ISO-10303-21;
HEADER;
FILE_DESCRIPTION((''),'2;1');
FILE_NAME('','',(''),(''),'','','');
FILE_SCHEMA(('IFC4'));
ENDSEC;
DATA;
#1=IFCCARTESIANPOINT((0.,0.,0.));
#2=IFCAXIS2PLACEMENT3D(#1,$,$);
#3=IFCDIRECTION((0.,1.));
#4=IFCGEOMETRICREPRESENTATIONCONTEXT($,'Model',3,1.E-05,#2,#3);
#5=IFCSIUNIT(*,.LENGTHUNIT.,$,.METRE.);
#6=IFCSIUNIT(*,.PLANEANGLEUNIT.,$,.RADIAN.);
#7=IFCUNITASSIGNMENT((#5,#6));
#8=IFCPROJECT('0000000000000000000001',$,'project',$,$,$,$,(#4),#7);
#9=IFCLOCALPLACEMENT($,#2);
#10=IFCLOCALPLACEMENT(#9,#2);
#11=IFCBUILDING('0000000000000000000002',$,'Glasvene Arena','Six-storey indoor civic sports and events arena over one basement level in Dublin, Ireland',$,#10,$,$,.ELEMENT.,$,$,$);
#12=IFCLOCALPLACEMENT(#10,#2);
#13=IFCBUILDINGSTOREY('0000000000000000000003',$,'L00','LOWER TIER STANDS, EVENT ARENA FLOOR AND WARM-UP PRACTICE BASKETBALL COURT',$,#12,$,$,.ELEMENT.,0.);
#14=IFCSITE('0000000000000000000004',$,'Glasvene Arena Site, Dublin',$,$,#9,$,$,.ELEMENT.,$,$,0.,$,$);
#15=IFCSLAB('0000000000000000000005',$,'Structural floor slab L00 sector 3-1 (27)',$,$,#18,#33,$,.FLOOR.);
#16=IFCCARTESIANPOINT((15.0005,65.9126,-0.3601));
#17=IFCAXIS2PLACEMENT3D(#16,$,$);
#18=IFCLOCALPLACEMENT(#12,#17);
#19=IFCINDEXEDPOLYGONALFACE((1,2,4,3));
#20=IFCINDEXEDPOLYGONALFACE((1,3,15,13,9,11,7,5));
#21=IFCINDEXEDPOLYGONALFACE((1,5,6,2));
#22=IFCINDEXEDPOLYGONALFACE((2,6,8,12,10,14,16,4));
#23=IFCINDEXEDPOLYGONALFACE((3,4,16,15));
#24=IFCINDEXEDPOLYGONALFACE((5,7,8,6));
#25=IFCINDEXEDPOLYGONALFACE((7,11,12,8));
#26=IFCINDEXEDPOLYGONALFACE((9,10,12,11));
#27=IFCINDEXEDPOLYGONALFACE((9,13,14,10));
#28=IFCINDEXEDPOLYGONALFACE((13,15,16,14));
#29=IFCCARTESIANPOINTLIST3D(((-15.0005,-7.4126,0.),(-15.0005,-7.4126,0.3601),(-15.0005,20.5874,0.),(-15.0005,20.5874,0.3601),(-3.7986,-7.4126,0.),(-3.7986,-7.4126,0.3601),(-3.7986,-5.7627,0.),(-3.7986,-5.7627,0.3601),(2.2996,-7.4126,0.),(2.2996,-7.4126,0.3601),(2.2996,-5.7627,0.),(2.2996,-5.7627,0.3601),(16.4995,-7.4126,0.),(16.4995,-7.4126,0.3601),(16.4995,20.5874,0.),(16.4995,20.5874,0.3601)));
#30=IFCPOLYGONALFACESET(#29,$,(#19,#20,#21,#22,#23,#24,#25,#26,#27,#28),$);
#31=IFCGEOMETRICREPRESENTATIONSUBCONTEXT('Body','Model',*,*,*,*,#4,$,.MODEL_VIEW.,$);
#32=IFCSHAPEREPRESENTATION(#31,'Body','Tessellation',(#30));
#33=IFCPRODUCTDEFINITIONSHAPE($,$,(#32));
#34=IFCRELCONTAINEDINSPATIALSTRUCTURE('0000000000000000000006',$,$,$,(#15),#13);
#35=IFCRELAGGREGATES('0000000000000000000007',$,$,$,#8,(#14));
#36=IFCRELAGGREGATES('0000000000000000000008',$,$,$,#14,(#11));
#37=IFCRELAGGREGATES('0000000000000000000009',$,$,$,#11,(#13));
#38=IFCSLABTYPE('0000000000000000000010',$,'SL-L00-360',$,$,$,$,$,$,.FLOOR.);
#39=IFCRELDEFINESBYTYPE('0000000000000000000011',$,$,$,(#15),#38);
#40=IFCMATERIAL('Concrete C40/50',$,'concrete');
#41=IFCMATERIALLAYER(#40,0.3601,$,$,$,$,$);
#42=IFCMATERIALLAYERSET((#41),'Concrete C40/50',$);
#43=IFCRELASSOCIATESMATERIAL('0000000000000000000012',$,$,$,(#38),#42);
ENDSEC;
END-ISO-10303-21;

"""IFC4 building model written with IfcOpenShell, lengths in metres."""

from ifc_helpers import new_model, si_unit, direction, frame, origin, place, context, subcontext, project, spatial, polyline, outline, extrude, material, layer, layer_set, type_object, element, save


model = new_model("IFC4")

# Units and contexts
model_context = context("Model", 3, precision=1e-05, world=origin(), true_north=direction((0.0, 1.0)))
body_context = subcontext(model_context, "Body", "Model", "MODEL_VIEW")
ifc_project = project(units=[si_unit("LENGTHUNIT", "METRE"), si_unit("PLANEANGLEUNIT", "RADIAN")], contexts=[model_context])

# Site, building, storey
site_placement = place(None, origin())
site = spatial("IfcSite", under=ifc_project, at=site_placement, Name="Glasvene Arena Site, Dublin", CompositionType="ELEMENT", RefElevation=0.0)
building_placement = place(site_placement, origin())
building = spatial("IfcBuilding", under=site, at=building_placement, Name="Glasvene Arena", Description="Six-storey indoor civic sports and events arena over one basement level in Dublin, Ireland", CompositionType="ELEMENT")
storey_placement = place(building_placement, origin())
storey = spatial("IfcBuildingStorey", under=building, at=storey_placement, Name="L00", Description="LOWER TIER STANDS, EVENT ARENA FLOOR AND WARM-UP PRACTICE BASKETBALL COURT", CompositionType="ELEMENT", Elevation=0.0)

# Slab
ifc_material_1 = material(Name="Concrete C40/50", Category="concrete")
ifc_layer_1 = layer(ifc_material_1, 0.3601)
ifc_layer_set_1 = layer_set([ifc_layer_1], Name="Concrete C40/50")
slab_type_1 = type_object("IfcSlabType", Name="SL-L00-360", PredefinedType="FLOOR", material=ifc_layer_set_1)
slab_1_placement = place(storey_placement, frame((15.0005, 65.9126, -0.3601)))
element("IfcSlab", 1, at=slab_1_placement, inside=storey, type_object=slab_type_1, Name="Structural floor slab L00 sector 3-1 (27)", PredefinedType="FLOOR", context=body_context, shape_type="SweptSolid", body=[
    extrude(outline(polyline([(16.4995, 20.5874), (16.4995, -7.4126), (2.2996, -7.4126), (2.2996, -5.7627), (-3.7986, -5.7627), (-3.7986, -7.4126), (-15.0005, -7.4126), (-15.0005, 20.5874), (16.4995, 20.5874)])), origin(), (0.0, 0.0, 1.0), 0.3601),
])

save(model, "model.ifc")
